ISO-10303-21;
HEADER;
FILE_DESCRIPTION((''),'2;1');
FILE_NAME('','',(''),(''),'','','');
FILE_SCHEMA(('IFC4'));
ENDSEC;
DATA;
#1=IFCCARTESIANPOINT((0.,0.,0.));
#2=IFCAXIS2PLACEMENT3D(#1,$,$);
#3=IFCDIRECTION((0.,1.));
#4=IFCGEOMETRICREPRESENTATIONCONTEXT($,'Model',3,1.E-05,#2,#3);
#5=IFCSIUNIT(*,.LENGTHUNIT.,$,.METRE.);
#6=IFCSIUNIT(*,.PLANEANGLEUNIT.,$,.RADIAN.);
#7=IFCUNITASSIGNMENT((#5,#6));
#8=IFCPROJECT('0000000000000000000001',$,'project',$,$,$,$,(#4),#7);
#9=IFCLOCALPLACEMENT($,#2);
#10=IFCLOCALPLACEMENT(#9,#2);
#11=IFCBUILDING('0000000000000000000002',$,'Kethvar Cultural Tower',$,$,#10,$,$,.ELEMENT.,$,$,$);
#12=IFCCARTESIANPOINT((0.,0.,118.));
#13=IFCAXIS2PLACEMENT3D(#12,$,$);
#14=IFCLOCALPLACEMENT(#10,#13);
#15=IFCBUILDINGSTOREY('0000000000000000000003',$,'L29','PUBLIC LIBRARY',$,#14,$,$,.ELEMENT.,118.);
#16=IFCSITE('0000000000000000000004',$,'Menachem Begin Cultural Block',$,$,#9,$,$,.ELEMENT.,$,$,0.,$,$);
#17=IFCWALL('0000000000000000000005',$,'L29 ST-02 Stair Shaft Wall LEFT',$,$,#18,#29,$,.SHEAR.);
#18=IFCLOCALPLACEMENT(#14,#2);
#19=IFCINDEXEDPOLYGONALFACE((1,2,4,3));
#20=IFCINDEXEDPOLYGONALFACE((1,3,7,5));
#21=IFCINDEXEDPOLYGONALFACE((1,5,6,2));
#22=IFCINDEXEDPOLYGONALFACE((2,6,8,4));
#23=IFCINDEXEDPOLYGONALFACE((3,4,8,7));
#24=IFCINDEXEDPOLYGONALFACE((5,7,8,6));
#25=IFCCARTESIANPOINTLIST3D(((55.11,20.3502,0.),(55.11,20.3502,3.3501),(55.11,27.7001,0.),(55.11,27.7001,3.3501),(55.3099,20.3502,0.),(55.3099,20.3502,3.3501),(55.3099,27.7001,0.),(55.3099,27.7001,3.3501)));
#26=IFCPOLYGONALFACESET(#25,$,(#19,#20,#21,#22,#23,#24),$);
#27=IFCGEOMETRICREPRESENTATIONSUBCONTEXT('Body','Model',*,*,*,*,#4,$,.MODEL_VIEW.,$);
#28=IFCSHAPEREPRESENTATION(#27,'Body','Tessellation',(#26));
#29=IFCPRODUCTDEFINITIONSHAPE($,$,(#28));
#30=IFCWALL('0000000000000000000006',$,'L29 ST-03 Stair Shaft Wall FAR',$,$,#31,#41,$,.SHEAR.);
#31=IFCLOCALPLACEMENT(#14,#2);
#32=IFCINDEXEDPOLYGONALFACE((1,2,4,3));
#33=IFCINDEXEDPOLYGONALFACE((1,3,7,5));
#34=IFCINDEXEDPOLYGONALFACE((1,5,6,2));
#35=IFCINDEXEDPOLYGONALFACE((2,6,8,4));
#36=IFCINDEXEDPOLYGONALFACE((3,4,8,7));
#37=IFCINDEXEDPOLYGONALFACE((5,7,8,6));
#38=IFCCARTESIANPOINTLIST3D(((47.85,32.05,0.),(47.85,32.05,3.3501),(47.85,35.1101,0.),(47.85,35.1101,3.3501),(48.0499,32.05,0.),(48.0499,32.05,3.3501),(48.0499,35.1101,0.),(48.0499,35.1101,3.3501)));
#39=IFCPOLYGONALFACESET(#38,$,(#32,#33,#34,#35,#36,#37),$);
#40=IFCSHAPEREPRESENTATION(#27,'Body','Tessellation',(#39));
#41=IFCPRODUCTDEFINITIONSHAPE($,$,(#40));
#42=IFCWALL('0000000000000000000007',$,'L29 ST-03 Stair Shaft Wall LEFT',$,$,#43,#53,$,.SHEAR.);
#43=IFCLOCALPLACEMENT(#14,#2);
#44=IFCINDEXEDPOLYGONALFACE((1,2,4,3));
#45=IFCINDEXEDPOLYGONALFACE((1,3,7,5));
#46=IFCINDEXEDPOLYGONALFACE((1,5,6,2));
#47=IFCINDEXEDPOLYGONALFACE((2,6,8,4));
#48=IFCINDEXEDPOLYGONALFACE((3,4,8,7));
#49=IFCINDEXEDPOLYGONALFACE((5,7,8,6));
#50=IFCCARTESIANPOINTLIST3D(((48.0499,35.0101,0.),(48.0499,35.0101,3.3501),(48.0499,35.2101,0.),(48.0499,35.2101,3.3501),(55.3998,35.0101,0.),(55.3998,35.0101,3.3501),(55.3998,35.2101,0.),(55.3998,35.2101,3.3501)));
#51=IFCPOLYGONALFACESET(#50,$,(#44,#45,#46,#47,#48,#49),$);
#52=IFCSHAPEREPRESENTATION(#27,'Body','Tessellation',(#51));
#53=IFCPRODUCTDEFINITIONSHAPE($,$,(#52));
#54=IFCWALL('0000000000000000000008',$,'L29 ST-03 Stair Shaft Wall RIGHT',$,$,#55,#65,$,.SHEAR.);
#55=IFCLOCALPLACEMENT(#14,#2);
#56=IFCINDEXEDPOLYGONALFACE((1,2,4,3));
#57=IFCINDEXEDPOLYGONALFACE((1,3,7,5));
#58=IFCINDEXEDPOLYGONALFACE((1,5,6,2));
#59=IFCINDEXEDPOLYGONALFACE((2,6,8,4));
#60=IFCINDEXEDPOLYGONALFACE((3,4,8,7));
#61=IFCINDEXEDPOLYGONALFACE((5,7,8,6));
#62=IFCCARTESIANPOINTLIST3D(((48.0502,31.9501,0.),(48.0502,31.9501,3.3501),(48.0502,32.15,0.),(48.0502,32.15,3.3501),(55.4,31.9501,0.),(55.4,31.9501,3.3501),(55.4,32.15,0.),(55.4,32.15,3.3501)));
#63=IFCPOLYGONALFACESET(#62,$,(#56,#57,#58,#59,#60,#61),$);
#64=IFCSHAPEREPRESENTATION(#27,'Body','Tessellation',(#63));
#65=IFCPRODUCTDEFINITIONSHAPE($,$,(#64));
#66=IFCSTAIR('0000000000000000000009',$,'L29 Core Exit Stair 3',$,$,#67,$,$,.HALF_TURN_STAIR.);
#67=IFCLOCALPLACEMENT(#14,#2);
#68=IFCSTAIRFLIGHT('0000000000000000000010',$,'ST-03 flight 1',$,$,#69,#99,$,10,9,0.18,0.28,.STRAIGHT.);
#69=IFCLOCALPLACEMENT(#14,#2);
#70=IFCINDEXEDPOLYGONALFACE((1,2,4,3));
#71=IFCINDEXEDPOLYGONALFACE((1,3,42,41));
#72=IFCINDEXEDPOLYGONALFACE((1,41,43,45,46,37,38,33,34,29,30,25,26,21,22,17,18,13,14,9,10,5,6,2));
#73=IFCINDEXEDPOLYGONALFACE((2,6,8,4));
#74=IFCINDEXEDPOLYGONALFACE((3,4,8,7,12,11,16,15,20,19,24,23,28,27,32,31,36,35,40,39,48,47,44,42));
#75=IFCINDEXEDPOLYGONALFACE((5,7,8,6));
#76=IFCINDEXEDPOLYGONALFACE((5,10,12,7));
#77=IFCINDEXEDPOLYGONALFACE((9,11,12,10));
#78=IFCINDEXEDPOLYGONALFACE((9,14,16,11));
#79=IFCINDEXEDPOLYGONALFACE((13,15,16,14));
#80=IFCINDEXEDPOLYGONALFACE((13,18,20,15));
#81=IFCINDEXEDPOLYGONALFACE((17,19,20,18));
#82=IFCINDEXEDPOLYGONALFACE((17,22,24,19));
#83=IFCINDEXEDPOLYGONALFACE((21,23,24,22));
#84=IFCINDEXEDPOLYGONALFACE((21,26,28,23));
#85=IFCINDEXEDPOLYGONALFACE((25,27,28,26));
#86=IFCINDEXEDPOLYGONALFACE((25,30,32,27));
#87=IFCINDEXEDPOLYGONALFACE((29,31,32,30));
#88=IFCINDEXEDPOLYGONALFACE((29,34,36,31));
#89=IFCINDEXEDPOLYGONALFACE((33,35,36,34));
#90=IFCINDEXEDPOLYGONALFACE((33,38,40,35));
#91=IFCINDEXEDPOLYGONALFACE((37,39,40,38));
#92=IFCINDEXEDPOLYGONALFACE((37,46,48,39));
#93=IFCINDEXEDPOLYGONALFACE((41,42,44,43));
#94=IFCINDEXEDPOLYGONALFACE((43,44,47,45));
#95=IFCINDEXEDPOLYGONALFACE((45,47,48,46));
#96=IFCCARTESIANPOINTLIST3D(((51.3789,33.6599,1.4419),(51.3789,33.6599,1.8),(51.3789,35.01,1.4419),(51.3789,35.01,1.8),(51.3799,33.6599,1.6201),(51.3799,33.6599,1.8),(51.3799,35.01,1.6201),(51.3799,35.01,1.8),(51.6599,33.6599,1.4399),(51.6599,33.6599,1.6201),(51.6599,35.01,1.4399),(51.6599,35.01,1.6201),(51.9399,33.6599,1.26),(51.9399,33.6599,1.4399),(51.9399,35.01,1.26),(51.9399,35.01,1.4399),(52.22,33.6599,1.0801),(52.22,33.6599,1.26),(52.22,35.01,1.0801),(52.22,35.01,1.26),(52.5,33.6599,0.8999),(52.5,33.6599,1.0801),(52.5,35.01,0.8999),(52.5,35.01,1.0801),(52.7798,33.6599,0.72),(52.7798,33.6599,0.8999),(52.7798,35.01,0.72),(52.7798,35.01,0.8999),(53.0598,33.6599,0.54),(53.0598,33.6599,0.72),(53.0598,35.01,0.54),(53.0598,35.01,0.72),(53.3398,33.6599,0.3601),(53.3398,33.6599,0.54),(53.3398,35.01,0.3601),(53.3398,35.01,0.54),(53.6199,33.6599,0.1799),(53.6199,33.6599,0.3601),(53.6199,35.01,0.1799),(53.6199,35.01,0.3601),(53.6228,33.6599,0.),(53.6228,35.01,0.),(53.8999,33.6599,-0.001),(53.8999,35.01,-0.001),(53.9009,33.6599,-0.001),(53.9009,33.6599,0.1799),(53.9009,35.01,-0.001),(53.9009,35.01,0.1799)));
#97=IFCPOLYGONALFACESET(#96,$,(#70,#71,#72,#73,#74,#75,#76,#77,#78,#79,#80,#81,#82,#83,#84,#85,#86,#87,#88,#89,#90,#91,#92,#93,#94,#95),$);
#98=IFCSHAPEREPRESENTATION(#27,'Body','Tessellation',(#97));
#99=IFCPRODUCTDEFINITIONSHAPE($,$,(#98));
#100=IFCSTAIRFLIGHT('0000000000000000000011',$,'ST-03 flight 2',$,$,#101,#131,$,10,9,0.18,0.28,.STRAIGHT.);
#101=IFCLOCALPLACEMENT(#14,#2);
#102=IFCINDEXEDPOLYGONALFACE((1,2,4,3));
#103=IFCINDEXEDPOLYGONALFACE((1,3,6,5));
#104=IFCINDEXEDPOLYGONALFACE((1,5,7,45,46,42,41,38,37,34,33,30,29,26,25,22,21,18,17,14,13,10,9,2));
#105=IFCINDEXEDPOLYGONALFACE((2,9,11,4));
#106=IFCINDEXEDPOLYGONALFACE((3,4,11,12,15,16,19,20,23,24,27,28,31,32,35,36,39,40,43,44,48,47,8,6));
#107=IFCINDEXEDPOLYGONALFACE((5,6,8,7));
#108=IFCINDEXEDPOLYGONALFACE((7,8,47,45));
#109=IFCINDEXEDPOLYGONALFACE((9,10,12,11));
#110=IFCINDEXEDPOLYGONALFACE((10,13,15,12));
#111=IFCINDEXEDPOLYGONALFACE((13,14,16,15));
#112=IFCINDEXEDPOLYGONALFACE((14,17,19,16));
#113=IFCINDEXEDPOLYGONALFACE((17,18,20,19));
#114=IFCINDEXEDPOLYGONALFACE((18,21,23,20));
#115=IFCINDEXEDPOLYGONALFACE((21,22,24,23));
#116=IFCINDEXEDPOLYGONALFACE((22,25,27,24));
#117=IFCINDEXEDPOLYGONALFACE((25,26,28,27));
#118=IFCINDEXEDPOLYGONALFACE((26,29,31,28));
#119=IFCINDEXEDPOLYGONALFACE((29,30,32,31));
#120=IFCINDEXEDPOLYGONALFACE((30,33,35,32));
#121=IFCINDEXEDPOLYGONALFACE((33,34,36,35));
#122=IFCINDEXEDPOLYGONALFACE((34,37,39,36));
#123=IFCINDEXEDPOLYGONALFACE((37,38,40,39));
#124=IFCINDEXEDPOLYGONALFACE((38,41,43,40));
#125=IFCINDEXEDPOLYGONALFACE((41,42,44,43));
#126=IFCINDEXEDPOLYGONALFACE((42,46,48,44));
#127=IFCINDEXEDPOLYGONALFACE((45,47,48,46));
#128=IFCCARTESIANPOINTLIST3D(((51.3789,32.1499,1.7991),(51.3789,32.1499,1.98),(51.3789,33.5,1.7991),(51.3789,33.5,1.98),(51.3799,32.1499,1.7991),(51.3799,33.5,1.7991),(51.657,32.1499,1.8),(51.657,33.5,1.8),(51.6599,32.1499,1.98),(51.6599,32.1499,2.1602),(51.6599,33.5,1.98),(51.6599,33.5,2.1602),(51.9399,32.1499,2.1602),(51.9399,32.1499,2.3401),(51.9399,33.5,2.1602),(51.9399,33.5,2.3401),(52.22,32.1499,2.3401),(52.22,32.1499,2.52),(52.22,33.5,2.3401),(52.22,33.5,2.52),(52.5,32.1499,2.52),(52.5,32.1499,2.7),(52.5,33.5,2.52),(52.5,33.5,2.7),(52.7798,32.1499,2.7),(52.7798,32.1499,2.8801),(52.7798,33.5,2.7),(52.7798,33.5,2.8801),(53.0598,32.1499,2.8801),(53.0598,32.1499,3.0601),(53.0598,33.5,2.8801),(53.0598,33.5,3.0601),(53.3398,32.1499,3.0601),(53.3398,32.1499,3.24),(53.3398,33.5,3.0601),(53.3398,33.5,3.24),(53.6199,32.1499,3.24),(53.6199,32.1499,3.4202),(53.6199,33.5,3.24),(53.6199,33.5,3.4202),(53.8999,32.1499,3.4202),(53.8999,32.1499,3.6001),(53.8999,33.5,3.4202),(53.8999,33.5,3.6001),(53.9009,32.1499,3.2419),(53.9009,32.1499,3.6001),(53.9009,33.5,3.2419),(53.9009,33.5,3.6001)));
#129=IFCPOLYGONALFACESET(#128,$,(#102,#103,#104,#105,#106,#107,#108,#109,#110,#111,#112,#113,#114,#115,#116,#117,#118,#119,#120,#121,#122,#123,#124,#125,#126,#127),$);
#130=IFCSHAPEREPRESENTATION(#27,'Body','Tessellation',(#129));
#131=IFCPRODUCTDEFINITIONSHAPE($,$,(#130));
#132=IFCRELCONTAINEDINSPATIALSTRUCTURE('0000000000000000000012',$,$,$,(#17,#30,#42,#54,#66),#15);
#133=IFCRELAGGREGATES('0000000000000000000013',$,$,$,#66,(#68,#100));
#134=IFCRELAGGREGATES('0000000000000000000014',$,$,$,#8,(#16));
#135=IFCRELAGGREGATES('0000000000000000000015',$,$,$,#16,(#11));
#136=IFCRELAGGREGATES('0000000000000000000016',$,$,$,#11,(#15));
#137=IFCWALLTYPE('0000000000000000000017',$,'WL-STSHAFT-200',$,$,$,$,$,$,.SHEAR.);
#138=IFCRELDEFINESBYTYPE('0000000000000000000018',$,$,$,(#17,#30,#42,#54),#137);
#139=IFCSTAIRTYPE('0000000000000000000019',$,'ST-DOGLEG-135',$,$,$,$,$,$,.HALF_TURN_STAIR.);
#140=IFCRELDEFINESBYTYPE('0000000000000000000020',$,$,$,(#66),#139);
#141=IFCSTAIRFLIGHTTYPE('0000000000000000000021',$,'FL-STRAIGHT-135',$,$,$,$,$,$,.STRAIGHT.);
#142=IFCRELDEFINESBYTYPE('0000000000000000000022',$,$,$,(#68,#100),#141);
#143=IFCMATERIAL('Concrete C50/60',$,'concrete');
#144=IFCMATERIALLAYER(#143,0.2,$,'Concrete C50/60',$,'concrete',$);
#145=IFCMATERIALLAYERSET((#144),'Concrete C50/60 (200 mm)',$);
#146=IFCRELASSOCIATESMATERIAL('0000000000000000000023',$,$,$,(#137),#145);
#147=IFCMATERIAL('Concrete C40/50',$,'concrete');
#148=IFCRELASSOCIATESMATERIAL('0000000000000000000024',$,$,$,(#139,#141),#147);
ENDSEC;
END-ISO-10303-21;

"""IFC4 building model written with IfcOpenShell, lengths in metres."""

from ifc_helpers import new_model, si_unit, direction, frame, frame_2d, origin, place, context, subcontext, project, spatial, polyline, rectangle, outline, extrude, material, layer, layer_set, type_object, element, aggregate, save


model = new_model("IFC4")

# Units and contexts
model_context = context("Model", 3, precision=1e-05, world=origin(), true_north=direction((0.0, 1.0)))
body_context = subcontext(model_context, "Body", "Model", "MODEL_VIEW")
ifc_project = project(units=[si_unit("LENGTHUNIT", "METRE"), si_unit("PLANEANGLEUNIT", "RADIAN")], contexts=[model_context])

# Site, building, storey
site_placement = place(None, origin())
site = spatial("IfcSite", under=ifc_project, at=site_placement, Name="Menachem Begin Cultural Block", CompositionType="ELEMENT", RefElevation=0.0)
building_placement = place(site_placement, origin())
building = spatial("IfcBuilding", under=site, at=building_placement, Name="Kethvar Cultural Tower", CompositionType="ELEMENT")
storey_placement = place(building_placement, frame((0.0, 0.0, 118.0)))
storey = spatial("IfcBuildingStorey", under=building, at=storey_placement, Name="L29", Description="PUBLIC LIBRARY", CompositionType="ELEMENT", Elevation=118.0)

# Walls
ifc_material_1 = material(Name="Concrete C40/50", Category="concrete")
ifc_material_2 = material(Name="Concrete C50/60", Category="concrete")
ifc_layer_1 = layer(ifc_material_2, 0.2, Name="Concrete C50/60", Category="concrete")
ifc_layer_set_1 = layer_set([ifc_layer_1], Name="Concrete C50/60 (200 mm)")
wall_type_1 = type_object("IfcWallType", Name="WL-STSHAFT-200", PredefinedType="SHEAR", material=ifc_layer_set_1)
wall_1_placement = place(storey_placement, frame((55.21, 27.7, 0.0), z_axis=(0.0, 0.0, 1.0), x_axis=(0.0, -1.0, 0.0)))
element("IfcWall", 1, at=wall_1_placement, inside=storey, type_object=wall_type_1, Name="L29 ST-02 Stair Shaft Wall LEFT", PredefinedType="SHEAR", context=body_context, shape_type="SweptSolid", body=[
    extrude(rectangle(XDim=7.3499, YDim=0.2, at=frame_2d((3.6748, 0.0))), origin(), (0.0, 0.0, 1.0), 3.3501),
])
wall_2_placement = place(storey_placement, frame((47.95, 32.05, 0.0), z_axis=(0.0, 0.0, 1.0), x_axis=(0.0, 1.0, 0.0)))
element("IfcWall", 2, at=wall_2_placement, inside=storey, type_object=wall_type_1, Name="L29 ST-03 Stair Shaft Wall FAR", PredefinedType="SHEAR", context=body_context, shape_type="SweptSolid", body=[
    extrude(rectangle(XDim=3.0601, YDim=0.2, at=frame_2d((1.53, 0.0))), origin(), (0.0, 0.0, 1.0), 3.3501),
])
for number, where, z_axis, x_axis, name in (
    (3, (48.05, 35.1101, 0.0), (0.0, 0.0, 1.0), (1.0, 0.0, 0.0), "L29 ST-03 Stair Shaft Wall LEFT"),
    (4, (55.3999, 32.05, 0.0), (0.0, 0.0, 1.0), (-1.0, 0.0, 0.0), "L29 ST-03 Stair Shaft Wall RIGHT"),
):
    element("IfcWall", number, at=place(storey_placement, frame(where, z_axis=z_axis, x_axis=x_axis)), inside=storey, type_object=wall_type_1, Name=name, PredefinedType="SHEAR", context=body_context, shape_type="SweptSolid", body=[
        extrude(rectangle(XDim=7.3499, YDim=0.2, at=frame_2d((3.6748, 0.0))), origin(), (0.0, 0.0, 1.0), 3.3501),
    ])

# Stair, stair flights
stair_type = type_object("IfcStairType", Name="ST-DOGLEG-135", PredefinedType="HALF_TURN_STAIR", material=ifc_material_1)
stair_placement = place(storey_placement, origin())
stair = element("IfcStair", 5, at=stair_placement, inside=storey, type_object=stair_type, Name="L29 Core Exit Stair 3", PredefinedType="HALF_TURN_STAIR")
stair_flight_type = type_object("IfcStairFlightType", Name="FL-STRAIGHT-135", PredefinedType="STRAIGHT", material=ifc_material_1)
stair_flight_1_placement = place(storey_placement, frame((53.8999, 34.335, 0.0), z_axis=(0.0, 0.0, 1.0), x_axis=(-1.0, 0.0, 0.0)))
stair_flight_1 = element("IfcStairFlight", 6, at=stair_flight_1_placement, type_object=stair_flight_type, Name="ST-03 flight 1", NumberOfRisers=10, NumberOfTreads=9, PredefinedType="STRAIGHT", RiserHeight=0.18, TreadLength=0.28, context=body_context, shape_type="SweptSolid", body=[
    extrude(outline(polyline([(-0.001, -0.001), (-0.001, 0.1799), (0.28, 0.1799), (0.28, 0.3601), (0.5601, 0.3601), (0.5601, 0.54), (0.8401, 0.54), (0.8401, 0.72), (1.1201, 0.72), (1.1201, 0.8999), (1.3999, 0.8999), (1.3999, 1.0801), (1.6799, 1.0801), (1.6799, 1.26), (1.96, 1.26), (1.96, 1.4399), (2.24, 1.4399), (2.24, 1.6201), (2.52, 1.6201), (2.52, 1.8), (2.521, 1.8), (2.521, 1.4419), (0.2771, 0.0), (0.0, -0.001), (-0.001, -0.001)])), frame((0.0, 0.675, 0.0), z_axis=(0.0, -1.0, 0.0), x_axis=(1.0, 0.0, 0.0)), (0.0, 0.0, 1.0), 1.3501),
])
stair_flight_2_placement = place(storey_placement, frame((51.3799, 32.825, 1.8), z_axis=(0.0, 0.0, 1.0), x_axis=(1.0, 0.0, 0.0)))
stair_flight_2 = element("IfcStairFlight", 7, at=stair_flight_2_placement, type_object=stair_flight_type, Name="ST-03 flight 2", NumberOfRisers=10, NumberOfTreads=9, PredefinedType="STRAIGHT", RiserHeight=0.18, TreadLength=0.28, context=body_context, shape_type="SweptSolid", body=[
    extrude(outline(polyline([(-0.001, -0.001), (-0.001, 0.1799), (0.28, 0.1799), (0.28, 0.3601), (0.5601, 0.3601), (0.5601, 0.54), (0.8401, 0.54), (0.8401, 0.72), (1.1201, 0.72), (1.1201, 0.8999), (1.3999, 0.8999), (1.3999, 1.0801), (1.6799, 1.0801), (1.6799, 1.26), (1.96, 1.26), (1.96, 1.4399), (2.24, 1.4399), (2.24, 1.6201), (2.52, 1.6201), (2.52, 1.8), (2.521, 1.8), (2.521, 1.4419), (0.2771, 0.0), (0.0, -0.001), (-0.001, -0.001)])), frame((0.0, 0.675, 0.0), z_axis=(0.0, -1.0, 0.0), x_axis=(1.0, 0.0, 0.0)), (0.0, 0.0, 1.0), 1.3501),
])
aggregate(stair, [stair_flight_1, stair_flight_2])

save(model, "model.ifc")
